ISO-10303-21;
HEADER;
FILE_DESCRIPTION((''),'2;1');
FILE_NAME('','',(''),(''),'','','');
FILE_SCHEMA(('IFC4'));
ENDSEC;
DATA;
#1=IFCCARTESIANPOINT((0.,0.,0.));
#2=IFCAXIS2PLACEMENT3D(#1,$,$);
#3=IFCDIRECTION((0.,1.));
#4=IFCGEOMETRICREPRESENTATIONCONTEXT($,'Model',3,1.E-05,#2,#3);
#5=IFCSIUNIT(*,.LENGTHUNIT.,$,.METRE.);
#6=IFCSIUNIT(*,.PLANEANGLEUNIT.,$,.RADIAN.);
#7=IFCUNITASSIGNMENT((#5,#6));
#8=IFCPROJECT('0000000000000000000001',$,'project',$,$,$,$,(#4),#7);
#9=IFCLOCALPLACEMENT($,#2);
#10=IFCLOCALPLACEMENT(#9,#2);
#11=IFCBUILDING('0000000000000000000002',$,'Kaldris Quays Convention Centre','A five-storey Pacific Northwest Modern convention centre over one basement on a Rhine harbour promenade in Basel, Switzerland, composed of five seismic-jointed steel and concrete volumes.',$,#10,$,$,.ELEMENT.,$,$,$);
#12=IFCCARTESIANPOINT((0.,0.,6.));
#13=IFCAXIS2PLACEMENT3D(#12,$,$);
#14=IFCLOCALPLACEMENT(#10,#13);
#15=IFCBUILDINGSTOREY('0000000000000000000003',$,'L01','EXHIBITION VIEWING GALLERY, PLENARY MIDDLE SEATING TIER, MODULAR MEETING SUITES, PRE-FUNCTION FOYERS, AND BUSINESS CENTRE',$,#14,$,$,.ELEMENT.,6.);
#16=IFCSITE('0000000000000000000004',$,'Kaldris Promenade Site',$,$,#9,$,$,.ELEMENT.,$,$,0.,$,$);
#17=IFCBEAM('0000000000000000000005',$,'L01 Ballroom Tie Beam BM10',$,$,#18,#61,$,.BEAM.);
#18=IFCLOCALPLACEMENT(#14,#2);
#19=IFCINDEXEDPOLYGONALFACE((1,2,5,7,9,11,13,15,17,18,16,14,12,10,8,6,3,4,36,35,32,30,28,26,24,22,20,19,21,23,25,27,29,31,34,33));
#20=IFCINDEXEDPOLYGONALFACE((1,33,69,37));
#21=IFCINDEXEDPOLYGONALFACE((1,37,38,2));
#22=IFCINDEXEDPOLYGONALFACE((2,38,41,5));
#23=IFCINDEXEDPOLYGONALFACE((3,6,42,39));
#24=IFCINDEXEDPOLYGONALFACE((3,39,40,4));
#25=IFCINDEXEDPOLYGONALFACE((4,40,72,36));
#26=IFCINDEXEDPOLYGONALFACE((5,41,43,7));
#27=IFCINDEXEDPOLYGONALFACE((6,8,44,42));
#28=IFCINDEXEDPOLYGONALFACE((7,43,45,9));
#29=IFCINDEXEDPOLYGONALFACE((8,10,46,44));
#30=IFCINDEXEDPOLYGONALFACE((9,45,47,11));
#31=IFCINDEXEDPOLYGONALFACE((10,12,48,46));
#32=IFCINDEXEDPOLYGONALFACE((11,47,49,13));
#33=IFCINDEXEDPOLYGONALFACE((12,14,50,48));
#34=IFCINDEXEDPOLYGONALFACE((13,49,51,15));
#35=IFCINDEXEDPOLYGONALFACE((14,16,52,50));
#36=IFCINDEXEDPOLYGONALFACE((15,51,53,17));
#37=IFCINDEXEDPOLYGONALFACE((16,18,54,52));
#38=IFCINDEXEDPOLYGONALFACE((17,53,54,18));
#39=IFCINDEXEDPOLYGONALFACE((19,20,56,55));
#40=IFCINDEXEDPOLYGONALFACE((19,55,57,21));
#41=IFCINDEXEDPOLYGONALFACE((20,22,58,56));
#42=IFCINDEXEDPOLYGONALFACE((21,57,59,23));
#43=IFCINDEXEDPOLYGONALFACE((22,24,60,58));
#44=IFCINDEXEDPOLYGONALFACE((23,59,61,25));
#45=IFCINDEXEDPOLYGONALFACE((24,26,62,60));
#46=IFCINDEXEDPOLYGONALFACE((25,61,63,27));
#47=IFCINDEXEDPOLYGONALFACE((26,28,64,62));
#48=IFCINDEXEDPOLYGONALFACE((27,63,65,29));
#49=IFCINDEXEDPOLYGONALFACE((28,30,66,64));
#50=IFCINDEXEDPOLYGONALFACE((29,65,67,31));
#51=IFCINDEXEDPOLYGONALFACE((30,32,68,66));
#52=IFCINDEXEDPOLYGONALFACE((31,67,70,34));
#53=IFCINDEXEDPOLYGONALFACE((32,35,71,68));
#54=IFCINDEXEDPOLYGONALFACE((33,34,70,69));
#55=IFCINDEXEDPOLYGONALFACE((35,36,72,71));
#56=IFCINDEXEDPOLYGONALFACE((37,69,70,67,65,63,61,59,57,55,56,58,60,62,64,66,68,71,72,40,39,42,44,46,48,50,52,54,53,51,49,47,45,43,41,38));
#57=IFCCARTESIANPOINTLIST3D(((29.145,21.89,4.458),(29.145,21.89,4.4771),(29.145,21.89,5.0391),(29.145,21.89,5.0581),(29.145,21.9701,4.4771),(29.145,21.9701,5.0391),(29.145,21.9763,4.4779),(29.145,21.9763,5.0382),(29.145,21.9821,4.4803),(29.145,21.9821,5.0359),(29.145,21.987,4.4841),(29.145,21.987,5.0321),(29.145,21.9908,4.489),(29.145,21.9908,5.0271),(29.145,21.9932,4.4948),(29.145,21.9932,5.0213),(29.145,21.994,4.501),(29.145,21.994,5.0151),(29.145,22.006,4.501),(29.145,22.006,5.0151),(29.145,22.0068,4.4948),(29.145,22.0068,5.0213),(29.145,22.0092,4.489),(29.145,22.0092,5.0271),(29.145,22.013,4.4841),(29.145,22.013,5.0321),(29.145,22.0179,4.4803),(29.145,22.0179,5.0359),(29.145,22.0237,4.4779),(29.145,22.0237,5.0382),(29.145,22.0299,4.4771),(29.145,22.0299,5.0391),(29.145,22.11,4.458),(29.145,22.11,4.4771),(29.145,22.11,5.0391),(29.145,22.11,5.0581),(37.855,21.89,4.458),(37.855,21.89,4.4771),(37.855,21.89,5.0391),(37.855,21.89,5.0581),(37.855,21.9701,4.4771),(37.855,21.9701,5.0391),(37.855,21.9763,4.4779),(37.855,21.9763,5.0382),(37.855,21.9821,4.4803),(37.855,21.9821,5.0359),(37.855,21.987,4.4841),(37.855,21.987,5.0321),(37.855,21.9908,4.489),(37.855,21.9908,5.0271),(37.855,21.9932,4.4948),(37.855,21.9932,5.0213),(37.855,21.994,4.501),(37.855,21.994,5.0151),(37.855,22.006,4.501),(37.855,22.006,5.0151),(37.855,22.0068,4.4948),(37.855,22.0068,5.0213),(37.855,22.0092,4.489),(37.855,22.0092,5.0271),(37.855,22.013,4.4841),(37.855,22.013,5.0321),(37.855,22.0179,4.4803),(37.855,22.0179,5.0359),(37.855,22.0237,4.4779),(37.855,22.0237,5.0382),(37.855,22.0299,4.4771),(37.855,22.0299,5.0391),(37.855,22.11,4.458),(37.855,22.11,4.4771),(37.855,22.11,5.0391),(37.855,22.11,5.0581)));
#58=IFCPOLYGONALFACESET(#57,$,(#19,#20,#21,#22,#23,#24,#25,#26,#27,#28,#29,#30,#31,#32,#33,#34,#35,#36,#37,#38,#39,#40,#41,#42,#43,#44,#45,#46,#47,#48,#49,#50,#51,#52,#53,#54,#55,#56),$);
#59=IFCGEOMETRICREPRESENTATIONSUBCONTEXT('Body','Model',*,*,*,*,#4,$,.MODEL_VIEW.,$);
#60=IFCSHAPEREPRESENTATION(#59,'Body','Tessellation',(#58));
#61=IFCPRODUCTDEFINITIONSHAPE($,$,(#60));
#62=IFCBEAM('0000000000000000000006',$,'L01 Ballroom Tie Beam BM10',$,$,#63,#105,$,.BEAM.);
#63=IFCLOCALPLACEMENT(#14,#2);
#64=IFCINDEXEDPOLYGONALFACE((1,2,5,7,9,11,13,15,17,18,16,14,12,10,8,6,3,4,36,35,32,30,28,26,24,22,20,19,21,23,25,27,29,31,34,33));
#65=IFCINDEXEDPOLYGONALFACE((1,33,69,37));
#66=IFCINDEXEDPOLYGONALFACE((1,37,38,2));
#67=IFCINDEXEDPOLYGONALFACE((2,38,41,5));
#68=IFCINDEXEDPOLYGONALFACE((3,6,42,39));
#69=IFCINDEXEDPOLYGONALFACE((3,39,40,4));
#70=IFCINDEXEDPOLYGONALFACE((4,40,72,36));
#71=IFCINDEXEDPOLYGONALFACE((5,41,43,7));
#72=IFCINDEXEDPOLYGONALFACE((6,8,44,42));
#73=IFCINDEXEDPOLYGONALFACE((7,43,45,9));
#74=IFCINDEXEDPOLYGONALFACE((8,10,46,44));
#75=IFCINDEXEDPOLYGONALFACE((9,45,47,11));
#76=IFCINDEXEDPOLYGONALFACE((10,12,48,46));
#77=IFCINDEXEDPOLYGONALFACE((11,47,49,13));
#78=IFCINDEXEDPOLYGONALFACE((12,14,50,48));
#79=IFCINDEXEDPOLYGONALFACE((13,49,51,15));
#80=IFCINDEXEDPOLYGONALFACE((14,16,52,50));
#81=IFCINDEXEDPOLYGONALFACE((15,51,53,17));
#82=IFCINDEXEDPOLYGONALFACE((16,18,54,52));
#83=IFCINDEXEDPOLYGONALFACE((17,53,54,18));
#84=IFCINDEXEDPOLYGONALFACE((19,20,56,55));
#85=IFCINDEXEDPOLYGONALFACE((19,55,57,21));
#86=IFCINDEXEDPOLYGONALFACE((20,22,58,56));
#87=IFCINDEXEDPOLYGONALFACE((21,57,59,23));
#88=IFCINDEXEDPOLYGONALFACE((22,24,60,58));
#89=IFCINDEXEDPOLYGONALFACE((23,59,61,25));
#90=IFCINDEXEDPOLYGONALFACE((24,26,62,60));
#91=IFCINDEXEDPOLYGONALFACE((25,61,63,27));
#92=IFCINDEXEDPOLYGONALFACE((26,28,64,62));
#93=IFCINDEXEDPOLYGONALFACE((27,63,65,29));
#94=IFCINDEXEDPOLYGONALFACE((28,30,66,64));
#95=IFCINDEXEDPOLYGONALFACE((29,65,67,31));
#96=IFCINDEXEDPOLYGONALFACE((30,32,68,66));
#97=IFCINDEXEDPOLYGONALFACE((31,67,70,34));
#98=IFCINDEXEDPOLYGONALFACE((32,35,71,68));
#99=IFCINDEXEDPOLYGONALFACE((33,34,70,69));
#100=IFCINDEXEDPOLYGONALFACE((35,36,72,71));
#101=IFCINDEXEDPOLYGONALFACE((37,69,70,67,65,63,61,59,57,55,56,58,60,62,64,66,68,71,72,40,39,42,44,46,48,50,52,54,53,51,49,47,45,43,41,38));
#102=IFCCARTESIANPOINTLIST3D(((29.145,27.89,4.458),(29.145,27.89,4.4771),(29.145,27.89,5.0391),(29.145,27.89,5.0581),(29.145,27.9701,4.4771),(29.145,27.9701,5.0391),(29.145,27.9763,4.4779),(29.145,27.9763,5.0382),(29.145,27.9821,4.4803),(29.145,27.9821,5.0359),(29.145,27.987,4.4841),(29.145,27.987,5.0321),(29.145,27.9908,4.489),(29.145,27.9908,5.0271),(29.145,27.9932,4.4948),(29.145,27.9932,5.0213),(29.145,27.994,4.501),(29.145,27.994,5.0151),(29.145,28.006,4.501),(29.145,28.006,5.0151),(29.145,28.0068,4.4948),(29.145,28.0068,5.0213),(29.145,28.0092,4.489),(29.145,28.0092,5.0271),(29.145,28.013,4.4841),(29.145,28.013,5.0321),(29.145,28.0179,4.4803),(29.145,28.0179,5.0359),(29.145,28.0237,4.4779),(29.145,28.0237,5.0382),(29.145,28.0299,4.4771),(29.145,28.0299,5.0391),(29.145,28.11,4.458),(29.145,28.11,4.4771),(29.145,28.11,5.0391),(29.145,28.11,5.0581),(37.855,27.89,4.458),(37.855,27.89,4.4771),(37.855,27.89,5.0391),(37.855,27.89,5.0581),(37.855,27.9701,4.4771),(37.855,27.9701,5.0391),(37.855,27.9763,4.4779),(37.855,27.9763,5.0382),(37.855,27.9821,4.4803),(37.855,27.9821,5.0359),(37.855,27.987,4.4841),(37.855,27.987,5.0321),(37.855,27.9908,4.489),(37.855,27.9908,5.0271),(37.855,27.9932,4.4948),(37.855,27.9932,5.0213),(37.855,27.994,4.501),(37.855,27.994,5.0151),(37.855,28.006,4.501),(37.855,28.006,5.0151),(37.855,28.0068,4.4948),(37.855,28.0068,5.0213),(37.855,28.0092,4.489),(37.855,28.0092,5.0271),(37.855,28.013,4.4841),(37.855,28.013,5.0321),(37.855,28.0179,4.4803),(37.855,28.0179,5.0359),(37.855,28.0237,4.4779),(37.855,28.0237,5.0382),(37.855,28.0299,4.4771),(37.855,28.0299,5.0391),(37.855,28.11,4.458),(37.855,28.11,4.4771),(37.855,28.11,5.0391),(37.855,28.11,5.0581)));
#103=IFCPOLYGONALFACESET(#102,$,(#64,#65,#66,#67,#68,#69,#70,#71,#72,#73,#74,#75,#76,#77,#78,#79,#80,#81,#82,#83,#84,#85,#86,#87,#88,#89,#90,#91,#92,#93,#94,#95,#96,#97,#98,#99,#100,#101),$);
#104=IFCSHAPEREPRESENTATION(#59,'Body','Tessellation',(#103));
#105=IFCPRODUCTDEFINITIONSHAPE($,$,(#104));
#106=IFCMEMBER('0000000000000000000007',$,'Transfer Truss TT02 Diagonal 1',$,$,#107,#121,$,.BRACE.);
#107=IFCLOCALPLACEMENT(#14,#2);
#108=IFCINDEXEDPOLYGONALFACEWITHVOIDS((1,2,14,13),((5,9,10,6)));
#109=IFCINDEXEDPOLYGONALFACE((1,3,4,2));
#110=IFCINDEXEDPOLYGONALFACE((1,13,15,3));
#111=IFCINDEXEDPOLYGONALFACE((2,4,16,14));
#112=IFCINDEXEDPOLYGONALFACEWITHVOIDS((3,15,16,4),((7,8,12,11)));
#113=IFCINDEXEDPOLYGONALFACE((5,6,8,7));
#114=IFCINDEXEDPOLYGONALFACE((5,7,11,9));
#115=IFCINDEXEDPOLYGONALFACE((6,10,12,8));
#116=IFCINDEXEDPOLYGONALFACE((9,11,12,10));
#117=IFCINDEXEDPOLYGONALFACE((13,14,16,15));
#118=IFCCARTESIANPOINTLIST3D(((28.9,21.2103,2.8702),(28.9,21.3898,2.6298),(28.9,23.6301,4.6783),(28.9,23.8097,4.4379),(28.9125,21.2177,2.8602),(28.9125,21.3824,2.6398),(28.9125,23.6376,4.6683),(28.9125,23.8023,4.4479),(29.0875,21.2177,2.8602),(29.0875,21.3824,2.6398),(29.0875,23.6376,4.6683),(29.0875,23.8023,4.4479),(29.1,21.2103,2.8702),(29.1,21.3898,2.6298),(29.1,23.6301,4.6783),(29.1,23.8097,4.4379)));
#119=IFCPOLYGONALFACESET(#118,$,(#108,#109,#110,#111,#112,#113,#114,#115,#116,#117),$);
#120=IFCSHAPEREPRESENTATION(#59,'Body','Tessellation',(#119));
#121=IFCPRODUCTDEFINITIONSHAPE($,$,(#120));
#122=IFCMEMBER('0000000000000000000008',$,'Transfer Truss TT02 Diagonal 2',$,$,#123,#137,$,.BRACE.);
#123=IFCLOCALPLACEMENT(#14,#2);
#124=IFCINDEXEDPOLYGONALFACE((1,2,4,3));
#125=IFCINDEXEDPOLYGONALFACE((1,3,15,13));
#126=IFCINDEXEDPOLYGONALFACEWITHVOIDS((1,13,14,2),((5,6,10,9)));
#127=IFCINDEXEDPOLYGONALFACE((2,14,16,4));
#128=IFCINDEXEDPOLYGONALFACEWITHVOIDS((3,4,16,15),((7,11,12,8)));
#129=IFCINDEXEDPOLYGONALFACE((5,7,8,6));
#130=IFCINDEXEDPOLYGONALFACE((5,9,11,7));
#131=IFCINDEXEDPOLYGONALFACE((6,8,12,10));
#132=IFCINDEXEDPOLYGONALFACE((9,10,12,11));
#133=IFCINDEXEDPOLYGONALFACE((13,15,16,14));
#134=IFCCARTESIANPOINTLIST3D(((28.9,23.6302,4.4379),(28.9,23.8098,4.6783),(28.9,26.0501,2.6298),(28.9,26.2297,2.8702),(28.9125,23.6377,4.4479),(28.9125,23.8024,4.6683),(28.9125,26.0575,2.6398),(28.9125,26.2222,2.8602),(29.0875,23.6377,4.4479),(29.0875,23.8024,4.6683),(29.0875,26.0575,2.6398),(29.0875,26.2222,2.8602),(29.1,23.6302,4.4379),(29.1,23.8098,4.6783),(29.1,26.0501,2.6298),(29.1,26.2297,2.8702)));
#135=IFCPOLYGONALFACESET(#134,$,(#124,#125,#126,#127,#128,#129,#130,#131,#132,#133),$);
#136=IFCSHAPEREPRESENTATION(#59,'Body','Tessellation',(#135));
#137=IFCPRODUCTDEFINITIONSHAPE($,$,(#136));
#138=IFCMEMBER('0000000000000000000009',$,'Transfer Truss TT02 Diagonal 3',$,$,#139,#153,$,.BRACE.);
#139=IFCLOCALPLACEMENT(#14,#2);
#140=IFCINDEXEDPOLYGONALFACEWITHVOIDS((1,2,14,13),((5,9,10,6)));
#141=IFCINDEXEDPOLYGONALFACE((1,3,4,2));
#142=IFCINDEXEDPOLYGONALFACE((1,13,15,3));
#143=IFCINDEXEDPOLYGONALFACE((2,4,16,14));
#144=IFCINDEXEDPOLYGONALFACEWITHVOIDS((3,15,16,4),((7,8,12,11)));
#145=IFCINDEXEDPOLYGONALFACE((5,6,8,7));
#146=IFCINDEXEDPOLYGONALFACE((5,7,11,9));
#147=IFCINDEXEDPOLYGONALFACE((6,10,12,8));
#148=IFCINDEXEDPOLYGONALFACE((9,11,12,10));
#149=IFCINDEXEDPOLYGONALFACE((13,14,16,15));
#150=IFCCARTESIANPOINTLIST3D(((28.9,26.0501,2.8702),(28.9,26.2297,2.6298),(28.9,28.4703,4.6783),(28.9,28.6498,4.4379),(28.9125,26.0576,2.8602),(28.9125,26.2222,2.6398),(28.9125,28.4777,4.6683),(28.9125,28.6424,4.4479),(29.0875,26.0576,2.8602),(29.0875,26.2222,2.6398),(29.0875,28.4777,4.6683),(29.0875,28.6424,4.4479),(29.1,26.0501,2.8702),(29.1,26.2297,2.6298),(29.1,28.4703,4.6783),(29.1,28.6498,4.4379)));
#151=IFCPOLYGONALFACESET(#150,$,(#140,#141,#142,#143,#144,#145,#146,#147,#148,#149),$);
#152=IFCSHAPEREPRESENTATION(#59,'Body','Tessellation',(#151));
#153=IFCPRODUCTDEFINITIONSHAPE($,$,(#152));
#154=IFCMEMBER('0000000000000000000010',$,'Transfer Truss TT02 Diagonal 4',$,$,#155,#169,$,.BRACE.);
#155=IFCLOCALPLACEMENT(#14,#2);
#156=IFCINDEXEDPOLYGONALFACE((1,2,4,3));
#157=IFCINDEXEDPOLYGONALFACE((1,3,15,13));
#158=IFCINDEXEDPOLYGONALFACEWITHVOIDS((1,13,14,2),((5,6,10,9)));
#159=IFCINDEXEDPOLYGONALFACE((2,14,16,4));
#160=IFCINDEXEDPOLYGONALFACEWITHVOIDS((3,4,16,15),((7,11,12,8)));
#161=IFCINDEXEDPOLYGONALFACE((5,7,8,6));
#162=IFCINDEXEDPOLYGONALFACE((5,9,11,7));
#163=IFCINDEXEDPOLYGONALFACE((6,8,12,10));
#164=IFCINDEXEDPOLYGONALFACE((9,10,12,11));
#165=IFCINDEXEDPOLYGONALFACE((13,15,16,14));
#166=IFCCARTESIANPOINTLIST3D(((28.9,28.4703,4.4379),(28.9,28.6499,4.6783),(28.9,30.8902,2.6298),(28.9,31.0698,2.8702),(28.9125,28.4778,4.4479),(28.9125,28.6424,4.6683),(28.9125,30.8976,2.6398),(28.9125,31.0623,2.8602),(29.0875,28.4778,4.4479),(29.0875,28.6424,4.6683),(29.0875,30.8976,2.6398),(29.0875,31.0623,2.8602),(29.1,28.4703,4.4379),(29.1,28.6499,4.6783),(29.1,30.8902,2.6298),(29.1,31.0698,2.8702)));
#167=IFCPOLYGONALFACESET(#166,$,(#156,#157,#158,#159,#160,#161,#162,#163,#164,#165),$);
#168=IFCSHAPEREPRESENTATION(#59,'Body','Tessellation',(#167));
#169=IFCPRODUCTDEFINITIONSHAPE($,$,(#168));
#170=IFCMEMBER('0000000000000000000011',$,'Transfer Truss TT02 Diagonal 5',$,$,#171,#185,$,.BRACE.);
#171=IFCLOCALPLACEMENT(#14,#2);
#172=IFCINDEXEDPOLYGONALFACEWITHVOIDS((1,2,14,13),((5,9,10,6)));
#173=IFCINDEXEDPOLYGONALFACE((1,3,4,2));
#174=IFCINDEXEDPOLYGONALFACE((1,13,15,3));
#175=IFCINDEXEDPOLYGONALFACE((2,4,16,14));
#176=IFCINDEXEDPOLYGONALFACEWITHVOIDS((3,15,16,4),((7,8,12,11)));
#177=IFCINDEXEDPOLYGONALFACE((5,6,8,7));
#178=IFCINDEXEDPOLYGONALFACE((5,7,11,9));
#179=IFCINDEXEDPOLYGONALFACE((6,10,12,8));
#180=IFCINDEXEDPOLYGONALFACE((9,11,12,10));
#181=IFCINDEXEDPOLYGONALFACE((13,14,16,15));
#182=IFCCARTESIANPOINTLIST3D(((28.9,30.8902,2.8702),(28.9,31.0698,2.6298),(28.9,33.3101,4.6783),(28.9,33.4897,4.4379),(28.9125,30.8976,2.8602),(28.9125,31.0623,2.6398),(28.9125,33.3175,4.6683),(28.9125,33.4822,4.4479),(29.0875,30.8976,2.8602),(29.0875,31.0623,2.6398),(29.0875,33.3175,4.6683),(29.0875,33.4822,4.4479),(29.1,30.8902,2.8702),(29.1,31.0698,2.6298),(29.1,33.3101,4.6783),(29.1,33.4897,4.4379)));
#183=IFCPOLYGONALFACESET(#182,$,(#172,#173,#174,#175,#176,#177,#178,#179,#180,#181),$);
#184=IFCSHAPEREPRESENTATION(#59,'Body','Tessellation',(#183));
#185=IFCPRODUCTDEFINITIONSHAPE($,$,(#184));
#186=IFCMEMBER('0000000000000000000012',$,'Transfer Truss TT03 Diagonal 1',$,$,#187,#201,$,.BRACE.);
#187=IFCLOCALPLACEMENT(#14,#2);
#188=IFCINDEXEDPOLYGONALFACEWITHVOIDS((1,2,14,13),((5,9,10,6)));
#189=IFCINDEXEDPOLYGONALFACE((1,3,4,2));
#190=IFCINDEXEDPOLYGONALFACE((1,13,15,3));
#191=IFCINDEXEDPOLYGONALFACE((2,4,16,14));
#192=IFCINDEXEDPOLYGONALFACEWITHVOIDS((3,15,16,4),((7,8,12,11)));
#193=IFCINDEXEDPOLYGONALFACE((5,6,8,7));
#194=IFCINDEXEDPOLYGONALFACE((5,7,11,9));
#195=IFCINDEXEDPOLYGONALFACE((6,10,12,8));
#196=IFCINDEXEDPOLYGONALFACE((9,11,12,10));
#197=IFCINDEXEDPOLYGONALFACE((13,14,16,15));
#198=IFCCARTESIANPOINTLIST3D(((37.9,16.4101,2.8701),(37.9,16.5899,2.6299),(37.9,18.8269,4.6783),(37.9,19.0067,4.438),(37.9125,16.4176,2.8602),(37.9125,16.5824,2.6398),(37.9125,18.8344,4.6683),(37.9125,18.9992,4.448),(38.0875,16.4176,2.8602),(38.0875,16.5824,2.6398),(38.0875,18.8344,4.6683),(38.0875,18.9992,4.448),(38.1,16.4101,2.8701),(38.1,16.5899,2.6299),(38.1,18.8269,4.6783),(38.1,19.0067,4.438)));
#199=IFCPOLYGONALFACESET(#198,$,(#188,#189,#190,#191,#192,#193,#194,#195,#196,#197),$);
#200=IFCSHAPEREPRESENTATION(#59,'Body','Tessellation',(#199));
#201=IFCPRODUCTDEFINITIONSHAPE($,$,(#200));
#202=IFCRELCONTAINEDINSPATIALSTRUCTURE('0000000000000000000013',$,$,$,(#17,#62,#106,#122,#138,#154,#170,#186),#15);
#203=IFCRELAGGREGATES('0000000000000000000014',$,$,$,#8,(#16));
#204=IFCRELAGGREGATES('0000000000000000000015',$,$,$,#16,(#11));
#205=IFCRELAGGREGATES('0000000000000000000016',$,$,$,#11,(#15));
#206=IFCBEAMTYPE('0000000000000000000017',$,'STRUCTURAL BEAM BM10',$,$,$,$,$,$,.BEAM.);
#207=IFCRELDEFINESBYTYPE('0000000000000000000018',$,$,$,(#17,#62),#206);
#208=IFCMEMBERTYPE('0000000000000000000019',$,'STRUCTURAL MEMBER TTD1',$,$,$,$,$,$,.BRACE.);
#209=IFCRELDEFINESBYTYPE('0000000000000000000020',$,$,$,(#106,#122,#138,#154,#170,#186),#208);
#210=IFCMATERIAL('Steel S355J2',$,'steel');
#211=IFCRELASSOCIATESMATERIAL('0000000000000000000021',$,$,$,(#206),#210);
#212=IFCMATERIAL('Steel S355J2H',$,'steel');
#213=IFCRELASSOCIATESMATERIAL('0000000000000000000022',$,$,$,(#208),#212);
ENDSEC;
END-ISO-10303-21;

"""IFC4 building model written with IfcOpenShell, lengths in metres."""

from ifc_helpers import new_model, si_unit, direction, frame, origin, origin_2d, place, context, subcontext, project, spatial, hollow_rectangle, i_section, extrude, material, material_profile, profile_set, type_object, element, save


model = new_model("IFC4")

# Units and contexts
model_context = context("Model", 3, precision=1e-05, world=origin(), true_north=direction((0.0, 1.0)))
body_context = subcontext(model_context, "Body", "Model", "MODEL_VIEW")
ifc_project = project(units=[si_unit("LENGTHUNIT", "METRE"), si_unit("PLANEANGLEUNIT", "RADIAN")], contexts=[model_context])

# Site, building, storey
site_placement = place(None, origin())
site = spatial("IfcSite", under=ifc_project, at=site_placement, Name="Kaldris Promenade Site", CompositionType="ELEMENT", RefElevation=0.0)
building_placement = place(site_placement, origin())
building = spatial("IfcBuilding", under=site, at=building_placement, Name="Kaldris Quays Convention Centre", Description="A five-storey Pacific Northwest Modern convention centre over one basement on a Rhine harbour promenade in Basel, Switzerland, composed of five seismic-jointed steel and concrete volumes.", CompositionType="ELEMENT")
storey_placement = place(building_placement, frame((0.0, 0.0, 6.0)))
storey = spatial("IfcBuildingStorey", under=building, at=storey_placement, Name="L01", Description="EXHIBITION VIEWING GALLERY, PLENARY MIDDLE SEATING TIER, MODULAR MEETING SUITES, PRE-FUNCTION FOYERS, AND BUSINESS CENTRE", CompositionType="ELEMENT", Elevation=6.0)

# Beams
ifc_material_1 = material(Name="Steel S355J2", Category="steel")
ifc_material_profile_1 = material_profile(ifc_material_1, i_section(OverallWidth=0.22, OverallDepth=0.6001, WebThickness=0.012, FlangeThickness=0.019, FilletRadius=0.0239, at=origin_2d()), Name="IPE 600")
ifc_profile_set_1 = profile_set([ifc_material_profile_1], Name="Steel S355J2")
beam_type_1 = type_object("IfcBeamType", Name="STRUCTURAL BEAM BM10", PredefinedType="BEAM", material=ifc_profile_set_1)
for number, where, z_axis, x_axis, name in (
    (1, (29.145, 22.0, 4.7581), (1.0, 0.0, 0.0), (0.0, 1.0, 0.0), "L01 Ballroom Tie Beam BM10"),
    (2, (29.145, 28.0, 4.7581), (1.0, 0.0, 0.0), (0.0, 1.0, 0.0), "L01 Ballroom Tie Beam BM10"),
):
    element("IfcBeam", number, at=place(storey_placement, frame(where, z_axis=z_axis, x_axis=x_axis)), inside=storey, type_object=beam_type_1, Name=name, PredefinedType="BEAM", context=body_context, shape_type="SweptSolid", body=[
        extrude(i_section(OverallWidth=0.22, OverallDepth=0.6001, WebThickness=0.012, FlangeThickness=0.019, FilletRadius=0.0239, at=origin_2d()), origin(), (0.0, 0.0, 1.0), 8.71),
    ])

# Members
ifc_material_2 = material(Name="Steel S355J2H", Category="steel")
ifc_material_profile_2 = material_profile(ifc_material_2, hollow_rectangle(XDim=0.2, YDim=0.3, WallThickness=0.0125, at=origin_2d()), Name="RHS 300x200x12.5")
ifc_profile_set_2 = profile_set([ifc_material_profile_2], Name="Steel S355J2H")
member_type = type_object("IfcMemberType", Name="STRUCTURAL MEMBER TTD1", PredefinedType="BRACE", material=ifc_profile_set_2)
for number, where, z_axis, x_axis, name in (
    (3, (29.0, 21.3, 2.75), (0.0, 0.801085, 0.598551), (-1.0, 0.0, 0.0), "Transfer Truss TT02 Diagonal 1"),
    (4, (29.0, 26.1399, 2.75), (0.0, -0.801085, 0.598551), (1.0, 0.0, 0.0), "Transfer Truss TT02 Diagonal 2"),
):
    element("IfcMember", number, at=place(storey_placement, frame(where, z_axis=z_axis, x_axis=x_axis)), inside=storey, type_object=member_type, Name=name, PredefinedType="BRACE", context=body_context, shape_type="SweptSolid", body=[
        extrude(hollow_rectangle(XDim=0.2, YDim=0.3, WallThickness=0.0125, at=origin_2d()), origin(), (0.0, 0.0, 1.0), 3.0208),
    ])
member_1_placement = place(storey_placement, frame((29.0, 26.1399, 2.75), z_axis=(0.0, 0.801114, 0.598512), x_axis=(-1.0, 0.0, 0.0)))
element("IfcMember", 5, at=member_1_placement, inside=storey, type_object=member_type, Name="Transfer Truss TT02 Diagonal 3", PredefinedType="BRACE", context=body_context, shape_type="SweptSolid", body=[
    extrude(hollow_rectangle(XDim=0.2, YDim=0.3, WallThickness=0.0125, at=origin_2d()), origin(), (0.0, 0.0, 1.0), 3.021),
])
for number, where, z_axis, x_axis, name in (
    (6, (29.0, 30.98, 2.75), (0.0, -0.801085, 0.598551), (1.0, 0.0, 0.0), "Transfer Truss TT02 Diagonal 4"),
    (7, (29.0, 30.98, 2.75), (0.0, 0.801085, 0.598551), (-1.0, 0.0, 0.0), "Transfer Truss TT02 Diagonal 5"),
):
    element("IfcMember", number, at=place(storey_placement, frame(where, z_axis=z_axis, x_axis=x_axis)), inside=storey, type_object=member_type, Name=name, PredefinedType="BRACE", context=body_context, shape_type="SweptSolid", body=[
        extrude(hollow_rectangle(XDim=0.2, YDim=0.3, WallThickness=0.0125, at=origin_2d()), origin(), (0.0, 0.0, 1.0), 3.0208),
    ])
member_2_placement = place(storey_placement, frame((38.0, 16.5, 2.75), z_axis=(0.0, 0.800708, 0.599055), x_axis=(-1.0, 0.0, 0.0)))
element("IfcMember", 8, at=member_2_placement, inside=storey, type_object=member_type, Name="Transfer Truss TT03 Diagonal 1", PredefinedType="BRACE", context=body_context, shape_type="SweptSolid", body=[
    extrude(hollow_rectangle(XDim=0.2, YDim=0.3, WallThickness=0.0125, at=origin_2d()), origin(), (0.0, 0.0, 1.0), 3.0183),
])

save(model, "model.ifc")
